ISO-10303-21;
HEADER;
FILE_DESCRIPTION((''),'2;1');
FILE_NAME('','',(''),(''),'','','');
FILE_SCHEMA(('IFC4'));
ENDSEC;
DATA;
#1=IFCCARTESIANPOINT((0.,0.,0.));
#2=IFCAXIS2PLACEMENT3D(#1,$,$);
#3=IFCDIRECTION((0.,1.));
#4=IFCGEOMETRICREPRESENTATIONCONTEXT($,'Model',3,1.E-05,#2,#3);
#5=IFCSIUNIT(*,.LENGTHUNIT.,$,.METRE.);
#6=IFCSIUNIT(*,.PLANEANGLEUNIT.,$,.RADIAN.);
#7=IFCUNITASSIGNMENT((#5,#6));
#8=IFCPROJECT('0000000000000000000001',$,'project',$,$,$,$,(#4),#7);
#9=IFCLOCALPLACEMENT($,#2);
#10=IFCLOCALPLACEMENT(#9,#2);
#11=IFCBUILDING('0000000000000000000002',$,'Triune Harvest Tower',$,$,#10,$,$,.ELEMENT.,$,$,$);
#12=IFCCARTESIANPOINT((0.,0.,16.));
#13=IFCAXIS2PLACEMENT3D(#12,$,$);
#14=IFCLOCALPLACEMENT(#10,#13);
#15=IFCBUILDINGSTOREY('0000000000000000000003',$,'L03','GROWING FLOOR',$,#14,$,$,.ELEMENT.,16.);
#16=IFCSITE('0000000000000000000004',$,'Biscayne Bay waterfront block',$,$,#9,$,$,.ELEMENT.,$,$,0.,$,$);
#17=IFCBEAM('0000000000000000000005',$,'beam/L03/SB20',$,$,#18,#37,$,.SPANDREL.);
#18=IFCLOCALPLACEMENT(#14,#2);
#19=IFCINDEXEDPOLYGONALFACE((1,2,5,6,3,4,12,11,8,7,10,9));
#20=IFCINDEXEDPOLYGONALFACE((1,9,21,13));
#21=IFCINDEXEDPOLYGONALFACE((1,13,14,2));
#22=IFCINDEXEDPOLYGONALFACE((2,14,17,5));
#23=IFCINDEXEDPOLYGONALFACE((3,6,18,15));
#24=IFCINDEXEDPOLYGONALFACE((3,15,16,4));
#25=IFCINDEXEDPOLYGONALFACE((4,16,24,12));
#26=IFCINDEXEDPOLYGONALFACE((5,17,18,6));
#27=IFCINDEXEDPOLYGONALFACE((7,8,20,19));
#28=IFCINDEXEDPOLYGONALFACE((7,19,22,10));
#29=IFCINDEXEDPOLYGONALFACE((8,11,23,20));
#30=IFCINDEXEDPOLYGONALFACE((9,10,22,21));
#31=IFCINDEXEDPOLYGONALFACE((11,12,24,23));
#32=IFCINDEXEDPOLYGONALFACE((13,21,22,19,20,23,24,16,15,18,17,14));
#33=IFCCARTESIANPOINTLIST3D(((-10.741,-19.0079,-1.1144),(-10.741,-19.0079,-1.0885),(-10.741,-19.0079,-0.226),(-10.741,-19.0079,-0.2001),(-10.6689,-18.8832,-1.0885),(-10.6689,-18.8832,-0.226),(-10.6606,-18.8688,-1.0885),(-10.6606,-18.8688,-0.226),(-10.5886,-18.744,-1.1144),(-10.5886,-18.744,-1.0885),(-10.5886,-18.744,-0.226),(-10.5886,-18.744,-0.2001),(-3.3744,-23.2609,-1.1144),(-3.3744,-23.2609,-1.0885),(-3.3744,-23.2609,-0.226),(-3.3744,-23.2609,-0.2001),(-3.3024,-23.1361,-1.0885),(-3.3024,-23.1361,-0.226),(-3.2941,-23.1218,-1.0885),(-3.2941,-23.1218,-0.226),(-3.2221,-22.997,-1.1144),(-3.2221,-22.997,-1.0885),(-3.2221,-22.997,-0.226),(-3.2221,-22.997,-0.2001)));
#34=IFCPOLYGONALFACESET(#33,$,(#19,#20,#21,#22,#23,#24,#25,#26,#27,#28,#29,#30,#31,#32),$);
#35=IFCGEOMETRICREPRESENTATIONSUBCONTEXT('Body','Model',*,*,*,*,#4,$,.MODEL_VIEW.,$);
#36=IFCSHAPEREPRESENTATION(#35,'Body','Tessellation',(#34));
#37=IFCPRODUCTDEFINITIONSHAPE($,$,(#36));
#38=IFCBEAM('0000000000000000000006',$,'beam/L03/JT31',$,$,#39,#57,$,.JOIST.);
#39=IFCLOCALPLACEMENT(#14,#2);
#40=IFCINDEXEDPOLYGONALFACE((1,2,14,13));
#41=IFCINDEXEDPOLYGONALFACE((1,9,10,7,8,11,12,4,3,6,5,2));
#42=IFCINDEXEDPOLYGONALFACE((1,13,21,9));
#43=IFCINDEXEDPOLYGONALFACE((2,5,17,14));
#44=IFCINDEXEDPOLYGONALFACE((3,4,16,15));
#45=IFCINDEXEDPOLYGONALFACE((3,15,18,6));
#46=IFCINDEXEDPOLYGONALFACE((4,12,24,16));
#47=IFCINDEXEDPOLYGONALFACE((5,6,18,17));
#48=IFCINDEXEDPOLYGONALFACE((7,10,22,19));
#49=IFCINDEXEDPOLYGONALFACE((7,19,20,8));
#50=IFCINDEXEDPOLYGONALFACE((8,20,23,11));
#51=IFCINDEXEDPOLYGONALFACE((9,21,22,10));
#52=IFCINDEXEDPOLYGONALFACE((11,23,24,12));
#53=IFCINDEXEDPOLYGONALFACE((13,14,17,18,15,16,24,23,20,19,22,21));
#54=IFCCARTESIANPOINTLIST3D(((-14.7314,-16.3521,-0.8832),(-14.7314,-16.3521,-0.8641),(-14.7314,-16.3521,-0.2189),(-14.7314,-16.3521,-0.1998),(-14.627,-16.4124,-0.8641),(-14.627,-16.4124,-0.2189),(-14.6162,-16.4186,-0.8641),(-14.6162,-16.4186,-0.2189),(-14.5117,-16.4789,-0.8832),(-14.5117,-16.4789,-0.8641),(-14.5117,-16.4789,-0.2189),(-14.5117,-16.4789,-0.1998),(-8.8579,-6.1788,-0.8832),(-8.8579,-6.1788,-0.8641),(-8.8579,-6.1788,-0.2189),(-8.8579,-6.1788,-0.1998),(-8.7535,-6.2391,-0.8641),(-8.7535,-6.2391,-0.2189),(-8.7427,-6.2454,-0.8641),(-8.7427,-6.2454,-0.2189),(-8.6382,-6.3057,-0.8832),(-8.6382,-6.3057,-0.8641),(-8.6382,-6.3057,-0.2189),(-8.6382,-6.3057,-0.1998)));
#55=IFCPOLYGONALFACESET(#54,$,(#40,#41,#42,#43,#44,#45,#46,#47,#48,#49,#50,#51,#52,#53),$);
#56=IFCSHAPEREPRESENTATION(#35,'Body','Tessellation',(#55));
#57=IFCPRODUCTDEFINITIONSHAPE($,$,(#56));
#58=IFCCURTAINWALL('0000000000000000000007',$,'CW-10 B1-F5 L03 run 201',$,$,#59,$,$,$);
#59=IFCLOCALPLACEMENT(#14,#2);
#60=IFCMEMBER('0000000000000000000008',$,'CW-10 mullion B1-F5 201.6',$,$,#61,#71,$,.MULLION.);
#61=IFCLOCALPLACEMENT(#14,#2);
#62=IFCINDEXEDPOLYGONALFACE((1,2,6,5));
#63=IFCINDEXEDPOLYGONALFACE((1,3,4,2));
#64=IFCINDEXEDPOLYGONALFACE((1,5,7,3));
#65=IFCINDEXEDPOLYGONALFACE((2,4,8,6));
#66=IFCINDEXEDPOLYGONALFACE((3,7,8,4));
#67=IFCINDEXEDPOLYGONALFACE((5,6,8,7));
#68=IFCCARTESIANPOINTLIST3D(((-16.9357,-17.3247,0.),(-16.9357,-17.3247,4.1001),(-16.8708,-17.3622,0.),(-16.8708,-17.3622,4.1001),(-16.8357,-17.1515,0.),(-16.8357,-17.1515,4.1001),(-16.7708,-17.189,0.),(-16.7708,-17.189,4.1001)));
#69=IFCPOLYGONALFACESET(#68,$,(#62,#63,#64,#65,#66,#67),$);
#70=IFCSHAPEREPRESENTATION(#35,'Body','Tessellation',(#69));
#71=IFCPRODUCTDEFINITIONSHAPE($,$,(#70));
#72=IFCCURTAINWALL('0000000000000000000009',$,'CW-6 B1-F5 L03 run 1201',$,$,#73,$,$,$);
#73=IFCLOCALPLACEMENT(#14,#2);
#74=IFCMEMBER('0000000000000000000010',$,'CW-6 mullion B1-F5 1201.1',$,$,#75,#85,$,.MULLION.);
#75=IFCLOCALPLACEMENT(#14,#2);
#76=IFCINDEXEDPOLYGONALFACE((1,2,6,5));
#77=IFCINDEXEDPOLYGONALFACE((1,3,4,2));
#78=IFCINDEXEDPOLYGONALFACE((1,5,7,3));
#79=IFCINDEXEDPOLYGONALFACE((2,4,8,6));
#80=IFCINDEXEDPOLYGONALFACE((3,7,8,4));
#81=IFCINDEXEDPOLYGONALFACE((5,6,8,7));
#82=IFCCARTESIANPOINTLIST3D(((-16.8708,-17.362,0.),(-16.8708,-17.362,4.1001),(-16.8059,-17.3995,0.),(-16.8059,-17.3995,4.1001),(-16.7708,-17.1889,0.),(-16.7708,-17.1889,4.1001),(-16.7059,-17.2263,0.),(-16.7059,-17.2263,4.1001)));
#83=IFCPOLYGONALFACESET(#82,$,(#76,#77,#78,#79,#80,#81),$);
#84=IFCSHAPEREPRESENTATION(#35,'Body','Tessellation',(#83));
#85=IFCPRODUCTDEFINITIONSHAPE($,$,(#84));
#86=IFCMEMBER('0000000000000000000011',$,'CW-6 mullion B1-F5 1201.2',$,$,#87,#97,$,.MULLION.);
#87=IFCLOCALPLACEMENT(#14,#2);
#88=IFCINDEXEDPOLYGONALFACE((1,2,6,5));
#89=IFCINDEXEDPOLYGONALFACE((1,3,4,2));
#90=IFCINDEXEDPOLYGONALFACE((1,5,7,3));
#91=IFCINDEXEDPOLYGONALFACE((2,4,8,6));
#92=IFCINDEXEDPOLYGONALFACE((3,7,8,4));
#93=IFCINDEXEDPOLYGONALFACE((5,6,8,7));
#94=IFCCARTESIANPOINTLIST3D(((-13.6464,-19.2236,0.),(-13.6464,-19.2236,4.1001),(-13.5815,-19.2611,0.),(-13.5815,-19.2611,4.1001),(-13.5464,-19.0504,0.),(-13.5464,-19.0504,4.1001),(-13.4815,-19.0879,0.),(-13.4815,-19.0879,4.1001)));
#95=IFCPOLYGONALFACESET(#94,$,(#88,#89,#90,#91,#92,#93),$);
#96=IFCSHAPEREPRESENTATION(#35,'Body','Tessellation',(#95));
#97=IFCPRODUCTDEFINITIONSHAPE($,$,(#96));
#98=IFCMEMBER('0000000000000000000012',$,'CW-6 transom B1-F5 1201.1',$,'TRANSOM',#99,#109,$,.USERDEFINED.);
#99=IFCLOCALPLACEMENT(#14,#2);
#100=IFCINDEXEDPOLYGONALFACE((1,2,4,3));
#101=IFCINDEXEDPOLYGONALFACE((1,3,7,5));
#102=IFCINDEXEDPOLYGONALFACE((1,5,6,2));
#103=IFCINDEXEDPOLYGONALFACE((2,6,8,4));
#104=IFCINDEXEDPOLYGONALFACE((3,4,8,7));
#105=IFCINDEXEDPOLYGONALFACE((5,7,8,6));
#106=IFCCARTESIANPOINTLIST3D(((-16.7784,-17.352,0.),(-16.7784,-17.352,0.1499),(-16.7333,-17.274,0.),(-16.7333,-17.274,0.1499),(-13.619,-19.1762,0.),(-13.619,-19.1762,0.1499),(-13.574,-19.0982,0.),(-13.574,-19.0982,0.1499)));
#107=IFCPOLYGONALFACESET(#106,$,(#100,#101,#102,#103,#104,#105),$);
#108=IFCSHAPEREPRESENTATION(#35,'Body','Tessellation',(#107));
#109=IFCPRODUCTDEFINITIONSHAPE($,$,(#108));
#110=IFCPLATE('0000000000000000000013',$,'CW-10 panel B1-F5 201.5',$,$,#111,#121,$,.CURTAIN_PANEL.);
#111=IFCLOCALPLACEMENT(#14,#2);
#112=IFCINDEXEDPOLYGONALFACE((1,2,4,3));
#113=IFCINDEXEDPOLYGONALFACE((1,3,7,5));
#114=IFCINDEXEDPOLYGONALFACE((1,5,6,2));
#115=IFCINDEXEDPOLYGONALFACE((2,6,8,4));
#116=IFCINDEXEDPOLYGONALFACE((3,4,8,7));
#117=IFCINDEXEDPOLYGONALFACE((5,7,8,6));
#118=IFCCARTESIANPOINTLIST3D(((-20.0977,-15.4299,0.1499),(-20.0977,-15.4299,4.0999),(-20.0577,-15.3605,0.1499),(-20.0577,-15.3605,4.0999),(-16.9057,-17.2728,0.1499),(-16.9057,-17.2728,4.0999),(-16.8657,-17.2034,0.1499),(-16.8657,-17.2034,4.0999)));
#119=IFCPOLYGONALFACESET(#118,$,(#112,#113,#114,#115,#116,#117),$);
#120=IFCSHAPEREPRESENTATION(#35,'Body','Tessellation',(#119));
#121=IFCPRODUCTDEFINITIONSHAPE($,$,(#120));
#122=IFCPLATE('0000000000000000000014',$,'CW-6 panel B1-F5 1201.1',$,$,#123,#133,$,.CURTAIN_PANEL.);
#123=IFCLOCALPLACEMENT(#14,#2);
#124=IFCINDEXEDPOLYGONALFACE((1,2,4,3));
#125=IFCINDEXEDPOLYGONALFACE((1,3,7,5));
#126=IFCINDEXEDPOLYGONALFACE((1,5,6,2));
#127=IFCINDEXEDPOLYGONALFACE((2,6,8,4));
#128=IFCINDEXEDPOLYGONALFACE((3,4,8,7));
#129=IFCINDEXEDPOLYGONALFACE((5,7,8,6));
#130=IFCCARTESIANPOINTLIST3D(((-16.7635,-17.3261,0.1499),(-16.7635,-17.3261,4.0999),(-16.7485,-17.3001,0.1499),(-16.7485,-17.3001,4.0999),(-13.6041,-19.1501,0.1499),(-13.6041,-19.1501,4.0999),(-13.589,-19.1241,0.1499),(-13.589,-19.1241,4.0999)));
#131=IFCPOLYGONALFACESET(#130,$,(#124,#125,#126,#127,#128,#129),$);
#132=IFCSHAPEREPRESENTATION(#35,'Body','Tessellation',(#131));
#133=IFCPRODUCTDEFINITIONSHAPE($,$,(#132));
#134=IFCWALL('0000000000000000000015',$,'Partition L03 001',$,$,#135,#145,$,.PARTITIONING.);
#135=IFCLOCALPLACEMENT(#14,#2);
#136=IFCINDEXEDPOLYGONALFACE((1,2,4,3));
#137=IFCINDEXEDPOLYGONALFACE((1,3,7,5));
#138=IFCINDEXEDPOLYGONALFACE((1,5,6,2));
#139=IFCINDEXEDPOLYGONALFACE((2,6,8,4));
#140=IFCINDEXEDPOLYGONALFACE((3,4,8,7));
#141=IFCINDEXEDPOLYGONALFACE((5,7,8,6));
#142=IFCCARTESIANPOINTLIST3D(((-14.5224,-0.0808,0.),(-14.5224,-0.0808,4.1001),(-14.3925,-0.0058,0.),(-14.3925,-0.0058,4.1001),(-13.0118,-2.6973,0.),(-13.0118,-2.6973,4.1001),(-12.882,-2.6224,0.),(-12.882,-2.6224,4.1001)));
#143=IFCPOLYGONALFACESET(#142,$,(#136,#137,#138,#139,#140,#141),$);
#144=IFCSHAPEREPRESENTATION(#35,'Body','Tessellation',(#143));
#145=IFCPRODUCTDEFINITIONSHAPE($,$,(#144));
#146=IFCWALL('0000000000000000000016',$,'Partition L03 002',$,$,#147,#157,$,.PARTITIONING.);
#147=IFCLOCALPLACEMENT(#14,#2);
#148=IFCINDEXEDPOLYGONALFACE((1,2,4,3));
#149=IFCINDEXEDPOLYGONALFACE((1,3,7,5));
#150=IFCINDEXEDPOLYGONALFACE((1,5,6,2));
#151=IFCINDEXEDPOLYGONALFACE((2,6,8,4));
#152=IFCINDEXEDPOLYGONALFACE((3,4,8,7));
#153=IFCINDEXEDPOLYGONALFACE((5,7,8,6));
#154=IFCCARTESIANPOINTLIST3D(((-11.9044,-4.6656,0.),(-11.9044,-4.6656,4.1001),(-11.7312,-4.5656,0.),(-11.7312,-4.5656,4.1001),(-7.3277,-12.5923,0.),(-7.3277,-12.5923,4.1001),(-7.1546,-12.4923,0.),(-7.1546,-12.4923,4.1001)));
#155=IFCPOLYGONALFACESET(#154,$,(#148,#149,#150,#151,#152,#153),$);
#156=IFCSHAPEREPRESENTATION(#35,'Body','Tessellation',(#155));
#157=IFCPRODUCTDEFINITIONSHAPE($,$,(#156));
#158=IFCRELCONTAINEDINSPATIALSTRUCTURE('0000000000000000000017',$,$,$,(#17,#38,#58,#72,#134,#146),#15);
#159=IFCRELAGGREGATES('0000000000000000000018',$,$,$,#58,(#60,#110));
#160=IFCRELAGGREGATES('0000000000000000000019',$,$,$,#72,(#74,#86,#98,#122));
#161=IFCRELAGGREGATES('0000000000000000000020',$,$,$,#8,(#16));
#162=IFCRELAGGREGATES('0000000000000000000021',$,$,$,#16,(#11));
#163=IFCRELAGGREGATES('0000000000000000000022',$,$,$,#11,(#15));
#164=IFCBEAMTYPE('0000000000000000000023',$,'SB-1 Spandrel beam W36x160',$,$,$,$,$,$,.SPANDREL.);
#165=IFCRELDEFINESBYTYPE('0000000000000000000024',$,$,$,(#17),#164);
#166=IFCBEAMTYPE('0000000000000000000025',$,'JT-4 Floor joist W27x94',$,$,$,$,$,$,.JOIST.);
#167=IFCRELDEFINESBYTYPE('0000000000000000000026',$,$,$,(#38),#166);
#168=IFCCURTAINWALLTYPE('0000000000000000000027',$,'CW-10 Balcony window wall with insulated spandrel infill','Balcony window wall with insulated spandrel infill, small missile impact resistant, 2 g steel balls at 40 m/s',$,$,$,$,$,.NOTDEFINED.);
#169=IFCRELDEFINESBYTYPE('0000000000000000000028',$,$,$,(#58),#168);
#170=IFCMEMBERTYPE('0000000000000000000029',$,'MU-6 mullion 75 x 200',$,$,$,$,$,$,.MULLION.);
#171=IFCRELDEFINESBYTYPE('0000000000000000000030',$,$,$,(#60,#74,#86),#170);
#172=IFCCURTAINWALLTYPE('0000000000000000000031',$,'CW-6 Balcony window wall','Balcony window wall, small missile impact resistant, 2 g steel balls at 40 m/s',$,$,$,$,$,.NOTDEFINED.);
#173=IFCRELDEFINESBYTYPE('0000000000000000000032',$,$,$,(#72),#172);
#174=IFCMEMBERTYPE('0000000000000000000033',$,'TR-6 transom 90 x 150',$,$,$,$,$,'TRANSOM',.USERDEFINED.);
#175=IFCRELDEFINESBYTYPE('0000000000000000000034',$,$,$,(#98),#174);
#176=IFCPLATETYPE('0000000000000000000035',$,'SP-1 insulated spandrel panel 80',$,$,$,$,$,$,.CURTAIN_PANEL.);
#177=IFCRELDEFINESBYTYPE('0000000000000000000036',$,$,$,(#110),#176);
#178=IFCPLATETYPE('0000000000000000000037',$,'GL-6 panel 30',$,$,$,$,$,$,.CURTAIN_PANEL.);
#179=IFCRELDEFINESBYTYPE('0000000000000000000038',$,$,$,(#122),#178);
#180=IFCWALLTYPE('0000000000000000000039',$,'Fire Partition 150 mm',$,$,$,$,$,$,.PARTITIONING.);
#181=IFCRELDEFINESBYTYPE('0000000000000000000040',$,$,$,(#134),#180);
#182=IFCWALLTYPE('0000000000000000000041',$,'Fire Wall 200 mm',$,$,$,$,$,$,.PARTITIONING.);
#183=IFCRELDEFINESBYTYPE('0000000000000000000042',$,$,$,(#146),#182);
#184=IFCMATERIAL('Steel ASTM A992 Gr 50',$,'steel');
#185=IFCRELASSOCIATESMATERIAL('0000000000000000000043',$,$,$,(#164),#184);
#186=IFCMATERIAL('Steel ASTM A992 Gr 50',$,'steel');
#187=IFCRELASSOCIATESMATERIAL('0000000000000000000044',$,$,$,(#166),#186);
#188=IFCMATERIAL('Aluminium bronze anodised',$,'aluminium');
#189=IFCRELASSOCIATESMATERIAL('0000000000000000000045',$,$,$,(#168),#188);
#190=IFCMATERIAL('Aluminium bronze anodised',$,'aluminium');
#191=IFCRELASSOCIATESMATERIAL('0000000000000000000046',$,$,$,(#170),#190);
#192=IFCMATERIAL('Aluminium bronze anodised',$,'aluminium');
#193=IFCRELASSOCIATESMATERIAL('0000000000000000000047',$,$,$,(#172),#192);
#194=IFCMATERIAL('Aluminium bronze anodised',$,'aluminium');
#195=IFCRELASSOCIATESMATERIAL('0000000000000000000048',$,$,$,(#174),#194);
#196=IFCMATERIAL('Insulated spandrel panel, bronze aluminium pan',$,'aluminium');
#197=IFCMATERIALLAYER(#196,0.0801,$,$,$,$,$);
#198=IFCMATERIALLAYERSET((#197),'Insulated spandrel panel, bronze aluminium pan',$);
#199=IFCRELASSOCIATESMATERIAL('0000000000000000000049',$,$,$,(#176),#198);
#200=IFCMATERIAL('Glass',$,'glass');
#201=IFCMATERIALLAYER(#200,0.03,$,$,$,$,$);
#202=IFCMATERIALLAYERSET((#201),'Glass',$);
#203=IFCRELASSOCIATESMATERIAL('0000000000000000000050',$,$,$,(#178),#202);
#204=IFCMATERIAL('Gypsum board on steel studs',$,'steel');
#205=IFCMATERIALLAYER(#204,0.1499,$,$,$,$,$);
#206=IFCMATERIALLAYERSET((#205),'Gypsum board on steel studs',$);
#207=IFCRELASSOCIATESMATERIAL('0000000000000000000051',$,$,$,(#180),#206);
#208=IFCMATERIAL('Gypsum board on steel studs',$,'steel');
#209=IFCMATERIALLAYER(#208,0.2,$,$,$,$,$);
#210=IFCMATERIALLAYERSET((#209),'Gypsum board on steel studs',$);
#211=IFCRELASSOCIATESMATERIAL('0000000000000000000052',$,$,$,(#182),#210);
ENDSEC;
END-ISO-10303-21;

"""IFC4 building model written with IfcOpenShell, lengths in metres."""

from ifc_helpers import new_model, si_unit, direction, frame, frame_2d, origin, origin_2d, place, context, subcontext, project, spatial, rectangle, i_section, extrude, source, transform, mapped, material, layer, layer_set, material_profile, profile_set, type_object, element, aggregate, save


model = new_model("IFC4")

# Units and contexts
model_context = context("Model", 3, precision=1e-05, world=origin(), true_north=direction((0.0, 1.0)))
body_context = subcontext(model_context, "Body", "Model", "MODEL_VIEW")
ifc_project = project(units=[si_unit("LENGTHUNIT", "METRE"), si_unit("PLANEANGLEUNIT", "RADIAN")], contexts=[model_context])

# Site, building, storey
site_placement = place(None, origin())
site = spatial("IfcSite", under=ifc_project, at=site_placement, Name="Biscayne Bay waterfront block", CompositionType="ELEMENT", RefElevation=0.0)
building_placement = place(site_placement, origin())
building = spatial("IfcBuilding", under=site, at=building_placement, Name="Triune Harvest Tower", CompositionType="ELEMENT")
storey_placement = place(building_placement, frame((0.0, 0.0, 16.0)))
storey = spatial("IfcBuildingStorey", under=building, at=storey_placement, Name="L03", Description="GROWING FLOOR", CompositionType="ELEMENT", Elevation=16.0)

# Beams
ifc_material_1 = material(Name="Steel ASTM A992 Gr 50", Category="steel")
ifc_material_profile_1 = material_profile(ifc_material_1, i_section(OverallWidth=0.3047, OverallDepth=0.9143, WebThickness=0.0166, FlangeThickness=0.0259, at=origin_2d()), Name="W36x160")
ifc_profile_set_1 = profile_set([ifc_material_profile_1], Name="Steel ASTM A992 Gr 50")
beam_type_1 = type_object("IfcBeamType", Name="SB-1 Spandrel beam W36x160", PredefinedType="SPANDREL", material=ifc_profile_set_1)
shared_shape_1 = source(origin(), body_context, "Body", "SweptSolid", [
    extrude(i_section(OverallWidth=0.3047, OverallDepth=0.9143, WebThickness=0.0166, FlangeThickness=0.0259, at=origin_2d()), origin(), (0.0, 0.0, 1.0), 8.5061),
])
for number, where, z_axis, x_axis, name in (
    (1, (-10.6648, -18.876, -0.6572), (0.86603, -0.499992, 0.0), (0.499992, 0.86603, 0.0), "beam/L03/SB20"),
):
    element("IfcBeam", number, at=place(storey_placement, frame(where, z_axis=z_axis, x_axis=x_axis)), inside=storey, type_object=beam_type_1, Name=name, PredefinedType="SPANDREL", context=body_context, shape_type="MappedRepresentation", body=[
        mapped(shared_shape_1, transform((0.0, 0.0, 0.0), scale=1.0)),
    ])
ifc_material_2 = material(Name="Steel ASTM A992 Gr 50", Category="steel")
ifc_material_profile_2 = material_profile(ifc_material_2, i_section(OverallWidth=0.2537, OverallDepth=0.6833, WebThickness=0.0125, FlangeThickness=0.019, at=origin_2d()), Name="W27x94")
ifc_profile_set_2 = profile_set([ifc_material_profile_2], Name="Steel ASTM A992 Gr 50")
beam_type_2 = type_object("IfcBeamType", Name="JT-4 Floor joist W27x94", PredefinedType="JOIST", material=ifc_profile_set_2)
shared_shape_2 = source(origin(), body_context, "Body", "SweptSolid", [
    extrude(i_section(OverallWidth=0.2537, OverallDepth=0.6833, WebThickness=0.0125, FlangeThickness=0.019, at=origin_2d()), origin(), (0.0, 0.0, 1.0), 11.7471),
])
beam_1_placement = place(storey_placement, frame((-14.6216, -16.4155, -0.5415), z_axis=(0.499997, 0.866027, 0.0), x_axis=(-0.866027, 0.499997, 0.0)))
element("IfcBeam", 2, at=beam_1_placement, inside=storey, type_object=beam_type_2, Name="beam/L03/JT31", PredefinedType="JOIST", context=body_context, shape_type="MappedRepresentation", body=[
    mapped(shared_shape_2, transform((0.0, 0.0, 0.0), scale=1.0)),
])

# Curtain wall, member
ifc_material_3 = material(Name="Aluminium bronze anodised", Category="aluminium")
curtain_wall_type_1 = type_object("IfcCurtainWallType", Name="CW-10 Balcony window wall with insulated spandrel infill", Description="Balcony window wall with insulated spandrel infill, small missile impact resistant, 2 g steel balls at 40 m/s", PredefinedType="NOTDEFINED", material=ifc_material_3)
curtain_wall_1_placement = place(storey_placement, origin())
curtain_wall_1 = element("IfcCurtainWall", 3, at=curtain_wall_1_placement, inside=storey, type_object=curtain_wall_type_1, Name="CW-10 B1-F5 L03 run 201")
ifc_material_4 = material(Name="Aluminium bronze anodised", Category="aluminium")
ifc_material_profile_3 = material_profile(ifc_material_4, rectangle(XDim=0.2, YDim=0.075, at=origin_2d()), Name="MU-6 mullion 75 x 200")
ifc_profile_set_3 = profile_set([ifc_material_profile_3], Name="Aluminium bronze anodised")
member_type_1 = type_object("IfcMemberType", Name="MU-6 mullion 75 x 200", PredefinedType="MULLION", material=ifc_profile_set_3)
shared_shape_3 = source(origin(), body_context, "Body", "SweptSolid", [
    extrude(rectangle(XDim=0.2, YDim=0.075, at=origin_2d()), origin(), (0.0, 0.0, 1.0), 4.1001),
])
member_1_placement = place(storey_placement, frame((-16.8533, -17.2568, 0.0), z_axis=(0.0, 0.0, 1.0), x_axis=(0.500004, 0.866023, 0.0)))
member_1 = element("IfcMember", 4, at=member_1_placement, type_object=member_type_1, Name="CW-10 mullion B1-F5 201.6", PredefinedType="MULLION", context=body_context, shape_type="MappedRepresentation", body=[
    mapped(shared_shape_3, transform((0.0, 0.0, 0.0), scale=1.0)),
])

# Curtain wall, members
ifc_material_5 = material(Name="Aluminium bronze anodised", Category="aluminium")
curtain_wall_type_2 = type_object("IfcCurtainWallType", Name="CW-6 Balcony window wall", Description="Balcony window wall, small missile impact resistant, 2 g steel balls at 40 m/s", PredefinedType="NOTDEFINED", material=ifc_material_5)
curtain_wall_2_placement = place(storey_placement, origin())
curtain_wall_2 = element("IfcCurtainWall", 5, at=curtain_wall_2_placement, inside=storey, type_object=curtain_wall_type_2, Name="CW-6 B1-F5 L03 run 1201")
member_2_placement = place(storey_placement, frame((-16.7883, -17.2942, 0.0), z_axis=(0.0, 0.0, 1.0), x_axis=(0.499993, 0.86603, 0.0)))
member_2 = element("IfcMember", 6, at=member_2_placement, type_object=member_type_1, Name="CW-6 mullion B1-F5 1201.1", PredefinedType="MULLION", context=body_context, shape_type="MappedRepresentation", body=[
    mapped(shared_shape_3, transform((0.0, 0.0, 0.0), scale=1.0)),
])
member_3_placement = place(storey_placement, frame((-13.564, -19.1558, 0.0), z_axis=(0.0, 0.0, 1.0), x_axis=(0.499993, 0.86603, 0.0)))
member_3 = element("IfcMember", 7, at=member_3_placement, type_object=member_type_1, Name="CW-6 mullion B1-F5 1201.2", PredefinedType="MULLION", context=body_context, shape_type="MappedRepresentation", body=[
    mapped(shared_shape_3, transform((0.0, 0.0, 0.0), scale=1.0)),
])
ifc_material_6 = material(Name="Aluminium bronze anodised", Category="aluminium")
ifc_material_profile_4 = material_profile(ifc_material_6, rectangle(XDim=0.0901, YDim=0.1499, at=origin_2d()), Name="TR-6 transom 90 x 150")
ifc_profile_set_4 = profile_set([ifc_material_profile_4], Name="Aluminium bronze anodised")
member_type_2 = type_object("IfcMemberType", Name="TR-6 transom 90 x 150", ElementType="TRANSOM", PredefinedType="USERDEFINED", material=ifc_profile_set_4)
shared_shape_4 = source(origin(), body_context, "Body", "SweptSolid", [
    extrude(rectangle(XDim=0.0901, YDim=0.1499, at=origin_2d()), origin(), (0.0, 0.0, 1.0), 3.6482),
])
member_4_placement = place(storey_placement, frame((-16.7559, -17.313, 0.075), z_axis=(0.866011, -0.500026, 0.0), x_axis=(0.500026, 0.866011, 0.0)))
member_4 = element("IfcMember", 8, at=member_4_placement, type_object=member_type_2, Name="CW-6 transom B1-F5 1201.1", ObjectType="TRANSOM", PredefinedType="USERDEFINED", context=body_context, shape_type="MappedRepresentation", body=[
    mapped(shared_shape_4, transform((0.0, 0.0, 0.0), scale=1.0)),
])

# Plates
ifc_material_7 = material(Name="Insulated spandrel panel, bronze aluminium pan", Category="aluminium")
ifc_layer_1 = layer(ifc_material_7, 0.0801)
ifc_layer_set_1 = layer_set([ifc_layer_1], Name="Insulated spandrel panel, bronze aluminium pan")
plate_type_1 = type_object("IfcPlateType", Name="SP-1 insulated spandrel panel 80", PredefinedType="CURTAIN_PANEL", material=ifc_layer_set_1)
shared_shape_5 = source(origin(), body_context, "Body", "SweptSolid", [
    extrude(rectangle(XDim=3.6858, YDim=0.0801, at=origin_2d()), origin(), (0.0, 0.0, 1.0), 3.95),
])
plate_1_placement = place(storey_placement, frame((-18.4817, -16.3167, 0.1499), z_axis=(0.0, 0.0, 1.0), x_axis=(0.866023, -0.500004, 0.0)))
plate_1 = element("IfcPlate", 9, at=plate_1_placement, type_object=plate_type_1, Name="CW-10 panel B1-F5 201.5", PredefinedType="CURTAIN_PANEL", context=body_context, shape_type="MappedRepresentation", body=[
    mapped(shared_shape_5, transform((0.0, 0.0, 0.0), scale=1.0)),
])
aggregate(curtain_wall_1, [member_1, plate_1])
ifc_material_8 = material(Name="Glass", Category="glass")
ifc_layer_2 = layer(ifc_material_8, 0.03)
ifc_layer_set_2 = layer_set([ifc_layer_2], Name="Glass")
plate_type_2 = type_object("IfcPlateType", Name="GL-6 panel 30", PredefinedType="CURTAIN_PANEL", material=ifc_layer_set_2)
shared_shape_6 = source(origin(), body_context, "Body", "SweptSolid", [
    extrude(rectangle(XDim=3.6482, YDim=0.03, at=origin_2d()), origin(), (0.0, 0.0, 1.0), 3.95),
])
plate_2_placement = place(storey_placement, frame((-15.1763, -18.2251, 0.1499), z_axis=(0.0, 0.0, 1.0), x_axis=(0.86603, -0.499993, 0.0)))
plate_2 = element("IfcPlate", 10, at=plate_2_placement, type_object=plate_type_2, Name="CW-6 panel B1-F5 1201.1", PredefinedType="CURTAIN_PANEL", context=body_context, shape_type="MappedRepresentation", body=[
    mapped(shared_shape_6, transform((0.0, 0.0, 0.0), scale=1.0)),
])
aggregate(curtain_wall_2, [member_2, member_3, member_4, plate_2])

# Walls
ifc_material_9 = material(Name="Gypsum board on steel studs", Category="steel")
ifc_layer_3 = layer(ifc_material_9, 0.1499)
ifc_layer_set_3 = layer_set([ifc_layer_3], Name="Gypsum board on steel studs")
wall_type_1 = type_object("IfcWallType", Name="Fire Partition 150 mm", PredefinedType="PARTITIONING", material=ifc_layer_set_3)
wall_1_placement = place(storey_placement, frame((-14.4575, -0.0432, 0.0), z_axis=(0.0, 0.0, 1.0), x_axis=(0.499972, -0.866042, 0.0)))
element("IfcWall", 11, at=wall_1_placement, inside=storey, type_object=wall_type_1, Name="Partition L03 001", PredefinedType="PARTITIONING", context=body_context, shape_type="SweptSolid", body=[
    extrude(rectangle(XDim=3.0212, YDim=0.1499, at=frame_2d((1.5107, 0.0))), origin(), (0.0, 0.0, 1.0), 4.1001),
])
ifc_material_10 = material(Name="Gypsum board on steel studs", Category="steel")
ifc_layer_4 = layer(ifc_material_10, 0.2)
ifc_layer_set_4 = layer_set([ifc_layer_4], Name="Gypsum board on steel studs")
wall_type_2 = type_object("IfcWallType", Name="Fire Wall 200 mm", PredefinedType="PARTITIONING", material=ifc_layer_set_4)
wall_2_placement = place(storey_placement, frame((-11.8179, -4.6155, 0.0), z_axis=(0.0, 0.0, 1.0), x_axis=(0.500012, -0.866019, 0.0)))
element("IfcWall", 12, at=wall_2_placement, inside=storey, type_object=wall_type_2, Name="Partition L03 002", PredefinedType="PARTITIONING", context=body_context, shape_type="SweptSolid", body=[
    extrude(rectangle(XDim=9.1531, YDim=0.2, at=frame_2d((4.5767, 0.0))), origin(), (0.0, 0.0, 1.0), 4.1001),
])

save(model, "model.ifc")
